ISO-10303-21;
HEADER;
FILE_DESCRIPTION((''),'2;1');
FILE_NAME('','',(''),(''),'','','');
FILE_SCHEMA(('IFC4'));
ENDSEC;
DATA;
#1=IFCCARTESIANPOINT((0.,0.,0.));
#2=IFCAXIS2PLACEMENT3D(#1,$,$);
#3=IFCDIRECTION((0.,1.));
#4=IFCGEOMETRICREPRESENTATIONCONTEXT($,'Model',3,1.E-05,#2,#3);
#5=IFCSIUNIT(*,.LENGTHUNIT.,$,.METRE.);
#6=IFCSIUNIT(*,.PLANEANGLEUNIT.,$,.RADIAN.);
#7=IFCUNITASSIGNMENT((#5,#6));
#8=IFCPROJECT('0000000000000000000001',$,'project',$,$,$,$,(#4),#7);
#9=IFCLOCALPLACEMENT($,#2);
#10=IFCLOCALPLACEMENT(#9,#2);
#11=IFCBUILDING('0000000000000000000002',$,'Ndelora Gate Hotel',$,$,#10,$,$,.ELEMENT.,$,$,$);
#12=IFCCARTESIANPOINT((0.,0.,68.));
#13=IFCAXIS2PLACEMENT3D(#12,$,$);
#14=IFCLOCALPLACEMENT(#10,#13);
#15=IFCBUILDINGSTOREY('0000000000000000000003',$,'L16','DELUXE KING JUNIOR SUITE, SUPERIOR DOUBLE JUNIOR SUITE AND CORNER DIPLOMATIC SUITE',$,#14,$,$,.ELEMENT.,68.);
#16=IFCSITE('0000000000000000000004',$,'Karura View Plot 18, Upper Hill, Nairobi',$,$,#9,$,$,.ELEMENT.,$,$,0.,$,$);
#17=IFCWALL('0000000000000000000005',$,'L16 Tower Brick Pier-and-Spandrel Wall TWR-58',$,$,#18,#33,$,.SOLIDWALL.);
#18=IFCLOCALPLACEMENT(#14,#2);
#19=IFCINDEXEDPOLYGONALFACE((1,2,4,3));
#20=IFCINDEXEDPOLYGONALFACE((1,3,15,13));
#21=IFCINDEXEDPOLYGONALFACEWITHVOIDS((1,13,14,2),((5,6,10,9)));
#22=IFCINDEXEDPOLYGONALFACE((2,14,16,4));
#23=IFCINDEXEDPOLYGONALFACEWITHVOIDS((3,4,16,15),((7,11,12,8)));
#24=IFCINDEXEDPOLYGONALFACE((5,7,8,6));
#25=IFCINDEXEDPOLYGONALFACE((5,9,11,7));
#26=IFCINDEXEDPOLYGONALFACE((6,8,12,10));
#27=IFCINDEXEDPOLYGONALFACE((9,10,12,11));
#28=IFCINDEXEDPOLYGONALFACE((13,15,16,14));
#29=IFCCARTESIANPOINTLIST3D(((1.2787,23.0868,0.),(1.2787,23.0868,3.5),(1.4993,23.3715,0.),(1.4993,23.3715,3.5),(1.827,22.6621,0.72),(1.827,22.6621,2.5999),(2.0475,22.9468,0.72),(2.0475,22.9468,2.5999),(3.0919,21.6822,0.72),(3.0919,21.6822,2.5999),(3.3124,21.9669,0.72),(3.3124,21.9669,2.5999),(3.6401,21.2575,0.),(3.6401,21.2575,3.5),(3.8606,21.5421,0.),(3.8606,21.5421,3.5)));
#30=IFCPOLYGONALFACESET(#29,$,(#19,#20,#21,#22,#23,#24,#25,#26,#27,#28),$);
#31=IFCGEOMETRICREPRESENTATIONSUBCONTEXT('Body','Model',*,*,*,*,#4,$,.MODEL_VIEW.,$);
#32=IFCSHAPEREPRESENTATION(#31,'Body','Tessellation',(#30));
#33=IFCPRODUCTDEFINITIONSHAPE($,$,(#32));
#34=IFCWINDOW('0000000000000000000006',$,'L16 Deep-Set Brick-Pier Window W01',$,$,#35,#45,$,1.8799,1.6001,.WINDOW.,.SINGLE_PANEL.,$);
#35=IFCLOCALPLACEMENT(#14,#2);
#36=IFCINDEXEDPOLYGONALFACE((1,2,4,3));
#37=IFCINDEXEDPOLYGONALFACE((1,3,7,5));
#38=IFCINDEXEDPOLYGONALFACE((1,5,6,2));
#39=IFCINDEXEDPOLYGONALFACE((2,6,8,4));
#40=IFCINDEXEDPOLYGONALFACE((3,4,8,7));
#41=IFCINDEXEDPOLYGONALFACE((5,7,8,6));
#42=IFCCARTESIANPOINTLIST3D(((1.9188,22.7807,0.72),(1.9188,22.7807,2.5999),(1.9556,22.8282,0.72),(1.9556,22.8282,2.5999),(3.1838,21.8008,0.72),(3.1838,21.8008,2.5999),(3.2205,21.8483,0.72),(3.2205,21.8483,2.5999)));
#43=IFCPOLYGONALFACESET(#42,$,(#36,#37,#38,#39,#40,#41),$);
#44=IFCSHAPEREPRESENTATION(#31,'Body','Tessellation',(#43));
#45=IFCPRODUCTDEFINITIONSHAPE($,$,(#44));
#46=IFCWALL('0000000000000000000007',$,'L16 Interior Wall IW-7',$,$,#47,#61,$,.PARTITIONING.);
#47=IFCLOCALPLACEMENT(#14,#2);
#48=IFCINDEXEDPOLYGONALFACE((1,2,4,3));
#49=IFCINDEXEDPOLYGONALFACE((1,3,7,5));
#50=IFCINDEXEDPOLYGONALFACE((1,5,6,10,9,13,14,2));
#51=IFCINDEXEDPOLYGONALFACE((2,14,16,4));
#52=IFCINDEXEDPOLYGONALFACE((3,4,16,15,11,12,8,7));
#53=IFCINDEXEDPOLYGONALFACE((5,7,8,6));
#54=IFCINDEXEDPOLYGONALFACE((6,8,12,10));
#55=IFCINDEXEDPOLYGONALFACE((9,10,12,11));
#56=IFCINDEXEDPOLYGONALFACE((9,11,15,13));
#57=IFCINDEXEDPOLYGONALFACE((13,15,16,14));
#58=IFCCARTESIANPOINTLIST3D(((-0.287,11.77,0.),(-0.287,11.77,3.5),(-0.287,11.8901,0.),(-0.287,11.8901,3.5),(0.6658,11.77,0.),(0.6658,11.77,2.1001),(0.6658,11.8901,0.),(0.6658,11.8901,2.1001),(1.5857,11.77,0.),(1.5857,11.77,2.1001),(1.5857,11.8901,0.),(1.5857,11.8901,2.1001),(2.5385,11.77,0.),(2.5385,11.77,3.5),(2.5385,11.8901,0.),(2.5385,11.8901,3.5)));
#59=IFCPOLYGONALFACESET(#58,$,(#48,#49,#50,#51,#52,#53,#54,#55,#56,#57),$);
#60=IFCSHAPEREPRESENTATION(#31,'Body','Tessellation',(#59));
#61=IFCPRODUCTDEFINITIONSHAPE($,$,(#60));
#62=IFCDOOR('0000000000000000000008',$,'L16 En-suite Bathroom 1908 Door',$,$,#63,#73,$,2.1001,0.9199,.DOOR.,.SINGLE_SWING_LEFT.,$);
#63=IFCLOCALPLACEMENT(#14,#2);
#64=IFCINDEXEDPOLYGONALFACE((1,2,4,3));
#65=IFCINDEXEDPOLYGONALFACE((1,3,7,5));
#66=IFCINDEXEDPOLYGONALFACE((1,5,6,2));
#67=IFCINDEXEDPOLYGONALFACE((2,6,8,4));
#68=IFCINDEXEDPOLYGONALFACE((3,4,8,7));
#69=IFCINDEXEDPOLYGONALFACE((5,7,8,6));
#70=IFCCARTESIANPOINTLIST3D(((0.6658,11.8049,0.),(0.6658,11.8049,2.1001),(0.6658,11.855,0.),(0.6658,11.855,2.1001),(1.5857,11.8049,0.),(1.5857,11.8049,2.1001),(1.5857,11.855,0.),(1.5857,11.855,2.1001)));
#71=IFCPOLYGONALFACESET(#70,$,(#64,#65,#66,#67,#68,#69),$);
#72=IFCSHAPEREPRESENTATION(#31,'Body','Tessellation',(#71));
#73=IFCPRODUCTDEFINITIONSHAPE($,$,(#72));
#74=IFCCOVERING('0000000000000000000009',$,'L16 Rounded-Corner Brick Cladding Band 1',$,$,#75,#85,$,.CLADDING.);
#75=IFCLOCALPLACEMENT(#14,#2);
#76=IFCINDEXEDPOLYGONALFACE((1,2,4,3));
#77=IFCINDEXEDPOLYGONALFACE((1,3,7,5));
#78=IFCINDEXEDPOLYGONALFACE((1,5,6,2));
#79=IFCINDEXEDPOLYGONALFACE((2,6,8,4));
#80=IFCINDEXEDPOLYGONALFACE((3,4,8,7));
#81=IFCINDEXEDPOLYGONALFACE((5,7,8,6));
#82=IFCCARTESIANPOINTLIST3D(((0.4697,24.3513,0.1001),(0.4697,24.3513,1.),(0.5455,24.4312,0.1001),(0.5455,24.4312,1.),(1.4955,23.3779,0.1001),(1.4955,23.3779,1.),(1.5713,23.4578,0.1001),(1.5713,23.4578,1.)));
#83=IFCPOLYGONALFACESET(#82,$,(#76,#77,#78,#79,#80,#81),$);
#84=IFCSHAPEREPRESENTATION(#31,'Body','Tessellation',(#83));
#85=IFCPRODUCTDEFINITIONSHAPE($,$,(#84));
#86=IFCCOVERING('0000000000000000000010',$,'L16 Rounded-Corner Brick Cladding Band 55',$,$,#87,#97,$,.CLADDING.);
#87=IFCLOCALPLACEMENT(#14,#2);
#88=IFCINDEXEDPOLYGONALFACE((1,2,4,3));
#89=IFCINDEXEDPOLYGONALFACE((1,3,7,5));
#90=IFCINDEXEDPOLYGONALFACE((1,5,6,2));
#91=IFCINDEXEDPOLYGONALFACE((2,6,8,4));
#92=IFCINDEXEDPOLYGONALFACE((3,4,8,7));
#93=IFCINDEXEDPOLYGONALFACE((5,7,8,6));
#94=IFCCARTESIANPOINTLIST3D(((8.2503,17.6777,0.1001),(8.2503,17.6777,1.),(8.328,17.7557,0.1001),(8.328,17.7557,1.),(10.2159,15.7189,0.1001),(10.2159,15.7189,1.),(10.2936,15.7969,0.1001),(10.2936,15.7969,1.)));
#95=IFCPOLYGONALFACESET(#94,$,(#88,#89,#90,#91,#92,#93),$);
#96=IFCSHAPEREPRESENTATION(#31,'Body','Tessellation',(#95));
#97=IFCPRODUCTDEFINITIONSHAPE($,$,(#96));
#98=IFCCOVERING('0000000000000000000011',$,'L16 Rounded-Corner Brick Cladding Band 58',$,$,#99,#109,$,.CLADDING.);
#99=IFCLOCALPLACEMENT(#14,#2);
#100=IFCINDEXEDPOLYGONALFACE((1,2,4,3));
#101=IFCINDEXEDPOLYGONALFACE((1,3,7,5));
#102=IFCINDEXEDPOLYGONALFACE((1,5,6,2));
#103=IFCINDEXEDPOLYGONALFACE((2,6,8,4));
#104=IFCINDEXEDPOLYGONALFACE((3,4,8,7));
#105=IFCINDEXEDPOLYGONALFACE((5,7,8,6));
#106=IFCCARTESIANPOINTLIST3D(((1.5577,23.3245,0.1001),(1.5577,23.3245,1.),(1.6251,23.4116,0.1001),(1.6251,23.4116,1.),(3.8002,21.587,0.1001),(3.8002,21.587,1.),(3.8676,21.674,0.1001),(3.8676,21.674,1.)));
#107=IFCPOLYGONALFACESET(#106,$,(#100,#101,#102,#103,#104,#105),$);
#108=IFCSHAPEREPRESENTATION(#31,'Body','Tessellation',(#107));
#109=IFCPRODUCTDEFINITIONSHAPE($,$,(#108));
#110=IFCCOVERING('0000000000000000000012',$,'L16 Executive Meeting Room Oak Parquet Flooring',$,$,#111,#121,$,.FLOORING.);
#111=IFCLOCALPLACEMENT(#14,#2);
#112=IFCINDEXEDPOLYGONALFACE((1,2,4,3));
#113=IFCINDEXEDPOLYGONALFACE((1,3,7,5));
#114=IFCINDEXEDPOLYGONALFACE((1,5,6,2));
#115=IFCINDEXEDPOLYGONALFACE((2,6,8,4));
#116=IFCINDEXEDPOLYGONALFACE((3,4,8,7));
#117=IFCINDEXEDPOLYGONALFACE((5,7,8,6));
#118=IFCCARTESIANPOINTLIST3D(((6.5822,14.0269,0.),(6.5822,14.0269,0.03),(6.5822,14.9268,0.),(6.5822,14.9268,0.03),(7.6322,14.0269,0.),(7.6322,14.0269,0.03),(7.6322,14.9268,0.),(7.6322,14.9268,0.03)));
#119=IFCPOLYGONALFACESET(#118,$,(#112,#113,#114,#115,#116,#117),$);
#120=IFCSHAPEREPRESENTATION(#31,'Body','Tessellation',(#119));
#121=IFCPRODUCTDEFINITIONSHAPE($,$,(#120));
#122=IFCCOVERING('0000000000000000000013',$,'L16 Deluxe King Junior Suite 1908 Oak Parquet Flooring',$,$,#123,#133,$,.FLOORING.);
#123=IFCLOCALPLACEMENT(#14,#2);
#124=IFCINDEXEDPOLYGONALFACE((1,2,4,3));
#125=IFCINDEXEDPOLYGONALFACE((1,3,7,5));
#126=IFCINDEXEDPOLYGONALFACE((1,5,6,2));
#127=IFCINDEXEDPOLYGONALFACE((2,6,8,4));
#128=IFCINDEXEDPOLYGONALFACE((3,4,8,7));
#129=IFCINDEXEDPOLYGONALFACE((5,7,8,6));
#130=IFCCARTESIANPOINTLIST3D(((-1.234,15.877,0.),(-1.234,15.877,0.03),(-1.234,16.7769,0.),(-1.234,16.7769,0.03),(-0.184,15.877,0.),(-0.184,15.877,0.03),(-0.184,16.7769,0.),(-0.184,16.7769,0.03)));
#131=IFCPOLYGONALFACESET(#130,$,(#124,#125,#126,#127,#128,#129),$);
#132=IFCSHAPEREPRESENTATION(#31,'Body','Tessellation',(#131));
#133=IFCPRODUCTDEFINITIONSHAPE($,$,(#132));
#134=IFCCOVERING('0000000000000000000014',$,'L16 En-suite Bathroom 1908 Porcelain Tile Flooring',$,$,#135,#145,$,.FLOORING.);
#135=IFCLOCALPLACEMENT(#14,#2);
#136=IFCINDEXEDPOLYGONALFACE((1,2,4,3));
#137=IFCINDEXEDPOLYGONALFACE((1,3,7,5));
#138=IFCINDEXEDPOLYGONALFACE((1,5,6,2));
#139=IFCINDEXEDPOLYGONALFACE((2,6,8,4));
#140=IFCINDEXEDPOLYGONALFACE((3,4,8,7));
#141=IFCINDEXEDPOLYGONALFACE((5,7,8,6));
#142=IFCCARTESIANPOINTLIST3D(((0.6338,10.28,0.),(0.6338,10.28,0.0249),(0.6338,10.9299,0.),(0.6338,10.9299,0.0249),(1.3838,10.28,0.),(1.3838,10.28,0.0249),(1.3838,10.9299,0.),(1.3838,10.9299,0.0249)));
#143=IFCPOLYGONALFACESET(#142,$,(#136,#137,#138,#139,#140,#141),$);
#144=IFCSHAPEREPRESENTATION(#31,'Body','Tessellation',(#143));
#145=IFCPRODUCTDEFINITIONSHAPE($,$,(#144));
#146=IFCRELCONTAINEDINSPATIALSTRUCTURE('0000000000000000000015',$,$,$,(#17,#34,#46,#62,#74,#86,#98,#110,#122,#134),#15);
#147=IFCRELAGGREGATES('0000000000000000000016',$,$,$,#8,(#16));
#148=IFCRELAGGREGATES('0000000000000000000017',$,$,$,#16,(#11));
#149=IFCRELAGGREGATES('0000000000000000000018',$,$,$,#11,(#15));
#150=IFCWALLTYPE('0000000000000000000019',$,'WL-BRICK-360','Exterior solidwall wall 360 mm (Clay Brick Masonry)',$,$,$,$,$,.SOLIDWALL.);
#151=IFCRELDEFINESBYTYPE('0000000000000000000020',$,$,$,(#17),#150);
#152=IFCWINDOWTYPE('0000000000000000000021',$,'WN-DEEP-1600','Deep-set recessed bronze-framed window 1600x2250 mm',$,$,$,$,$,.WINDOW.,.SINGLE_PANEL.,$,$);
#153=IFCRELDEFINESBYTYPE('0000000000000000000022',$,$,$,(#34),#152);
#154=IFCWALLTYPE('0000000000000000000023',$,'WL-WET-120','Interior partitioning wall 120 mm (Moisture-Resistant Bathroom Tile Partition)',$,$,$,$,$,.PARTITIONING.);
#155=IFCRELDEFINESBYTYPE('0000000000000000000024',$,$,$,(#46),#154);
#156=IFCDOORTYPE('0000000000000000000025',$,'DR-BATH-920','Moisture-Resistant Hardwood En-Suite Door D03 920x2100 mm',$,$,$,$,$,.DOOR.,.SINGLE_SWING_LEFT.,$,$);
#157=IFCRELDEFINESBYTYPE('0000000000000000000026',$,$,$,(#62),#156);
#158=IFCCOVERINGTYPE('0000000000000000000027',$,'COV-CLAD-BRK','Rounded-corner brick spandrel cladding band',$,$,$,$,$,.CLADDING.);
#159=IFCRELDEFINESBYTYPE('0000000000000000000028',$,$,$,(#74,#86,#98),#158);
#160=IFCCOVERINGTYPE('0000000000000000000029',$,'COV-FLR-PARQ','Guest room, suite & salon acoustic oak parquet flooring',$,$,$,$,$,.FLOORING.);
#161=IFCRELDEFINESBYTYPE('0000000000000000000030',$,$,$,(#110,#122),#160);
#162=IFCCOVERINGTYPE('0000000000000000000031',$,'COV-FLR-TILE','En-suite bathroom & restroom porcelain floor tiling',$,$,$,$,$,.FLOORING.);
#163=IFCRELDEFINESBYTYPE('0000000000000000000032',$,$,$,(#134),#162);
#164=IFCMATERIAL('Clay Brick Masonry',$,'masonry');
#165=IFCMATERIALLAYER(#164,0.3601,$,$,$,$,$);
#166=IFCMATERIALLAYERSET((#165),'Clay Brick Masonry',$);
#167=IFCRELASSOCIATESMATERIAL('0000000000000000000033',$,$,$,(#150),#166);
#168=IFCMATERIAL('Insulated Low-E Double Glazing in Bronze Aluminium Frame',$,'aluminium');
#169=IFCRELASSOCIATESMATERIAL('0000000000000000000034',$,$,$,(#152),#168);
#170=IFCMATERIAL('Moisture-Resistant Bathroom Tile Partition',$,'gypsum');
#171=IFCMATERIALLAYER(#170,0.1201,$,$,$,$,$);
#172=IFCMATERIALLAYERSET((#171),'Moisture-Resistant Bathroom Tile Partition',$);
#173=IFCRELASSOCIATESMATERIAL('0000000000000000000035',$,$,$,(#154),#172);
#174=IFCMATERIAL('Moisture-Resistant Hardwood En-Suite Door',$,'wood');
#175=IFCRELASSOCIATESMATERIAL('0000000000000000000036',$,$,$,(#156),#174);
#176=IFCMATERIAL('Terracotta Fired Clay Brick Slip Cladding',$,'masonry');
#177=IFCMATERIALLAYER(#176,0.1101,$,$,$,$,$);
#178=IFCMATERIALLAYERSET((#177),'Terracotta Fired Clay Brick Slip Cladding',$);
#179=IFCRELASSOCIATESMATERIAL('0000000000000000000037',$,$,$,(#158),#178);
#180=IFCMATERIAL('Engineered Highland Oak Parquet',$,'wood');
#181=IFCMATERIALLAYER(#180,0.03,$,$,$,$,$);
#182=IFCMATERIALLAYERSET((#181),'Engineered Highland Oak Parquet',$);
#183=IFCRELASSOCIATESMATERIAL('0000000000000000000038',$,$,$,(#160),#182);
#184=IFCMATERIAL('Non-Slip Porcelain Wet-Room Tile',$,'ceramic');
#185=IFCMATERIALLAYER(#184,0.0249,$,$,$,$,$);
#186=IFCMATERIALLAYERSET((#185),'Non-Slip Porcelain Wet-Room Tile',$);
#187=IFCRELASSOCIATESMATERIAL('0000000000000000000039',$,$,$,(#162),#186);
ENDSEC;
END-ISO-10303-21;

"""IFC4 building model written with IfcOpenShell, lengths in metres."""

from ifc_helpers import new_model, si_unit, direction, frame, frame_2d, origin, origin_2d, place, context, subcontext, project, spatial, rectangle, extrude, material, layer, layer_set, type_object, element, fill, save


model = new_model("IFC4")

# Units and contexts
model_context = context("Model", 3, precision=1e-05, world=origin(), true_north=direction((0.0, 1.0)))
body_context = subcontext(model_context, "Body", "Model", "MODEL_VIEW")
ifc_project = project(units=[si_unit("LENGTHUNIT", "METRE"), si_unit("PLANEANGLEUNIT", "RADIAN")], contexts=[model_context])

# Site, building, storey
site_placement = place(None, origin())
site = spatial("IfcSite", under=ifc_project, at=site_placement, Name="Karura View Plot 18, Upper Hill, Nairobi", CompositionType="ELEMENT", RefElevation=0.0)
building_placement = place(site_placement, origin())
building = spatial("IfcBuilding", under=site, at=building_placement, Name="Ndelora Gate Hotel", CompositionType="ELEMENT")
storey_placement = place(building_placement, frame((0.0, 0.0, 68.0)))
storey = spatial("IfcBuildingStorey", under=building, at=storey_placement, Name="L16", Description="DELUXE KING JUNIOR SUITE, SUPERIOR DOUBLE JUNIOR SUITE AND CORNER DIPLOMATIC SUITE", CompositionType="ELEMENT", Elevation=68.0)

# Shared definitions
ifc_material_1 = material(Name="Clay Brick Masonry", Category="masonry")
ifc_layer_1 = layer(ifc_material_1, 0.3601)
ifc_layer_set_1 = layer_set([ifc_layer_1], Name="Clay Brick Masonry")
wall_type_1 = type_object("IfcWallType", Name="WL-BRICK-360", Description="Exterior solidwall wall 360 mm (Clay Brick Masonry)", PredefinedType="SOLIDWALL", material=ifc_layer_set_1)

# Shared definitions
ifc_material_2 = material(Name="Insulated Low-E Double Glazing in Bronze Aluminium Frame", Category="aluminium")
window_type_1 = type_object("IfcWindowType", Name="WN-DEEP-1600", Description="Deep-set recessed bronze-framed window 1600x2250 mm", PartitioningType="SINGLE_PANEL", PredefinedType="WINDOW", material=ifc_material_2)

# Wall, opening, window
wall_1_placement = place(storey_placement, frame((1.3889, 23.2292, 0.0), z_axis=(0.0, 0.0, 1.0), x_axis=(0.790526, -0.612429, 0.0)))
wall_1 = element("IfcWall", 1, at=wall_1_placement, inside=storey, type_object=wall_type_1, Name="L16 Tower Brick Pier-and-Spandrel Wall TWR-58", PredefinedType="SOLIDWALL", context=body_context, shape_type="SweptSolid", body=[
    extrude(rectangle(XDim=2.9871, YDim=0.3601, at=frame_2d((1.4937, 0.0))), origin(), (0.0, 0.0, 1.0), 3.5),
])
opening_1_placement = place(wall_1_placement, frame((0.6936, 0.0, 0.72)))
opening_1 = element("IfcOpeningElement", 2, at=opening_1_placement, cuts=wall_1, PredefinedType="OPENING", context=body_context, shape_type="SweptSolid", body=[
    extrude(rectangle(XDim=1.6001, YDim=1.8799, at=frame_2d((0.8, 0.9399))), frame((0.0, 0.1899, 0.0), z_axis=(0.0, -1.0, 0.0), x_axis=(1.0, 0.0, 0.0)), (0.0, 0.0, 1.0), 0.3801),
])
window_1_placement = place(opening_1_placement, origin())
window_1 = element("IfcWindow", 3, at=window_1_placement, inside=storey, type_object=window_type_1, Name="L16 Deep-Set Brick-Pier Window W01", OverallHeight=1.8799, OverallWidth=1.6001, PartitioningType="SINGLE_PANEL", PredefinedType="WINDOW", context=body_context, shape_type="SweptSolid", body=[
    extrude(rectangle(XDim=1.6001, YDim=1.8799, at=frame_2d((0.8, 0.9399))), frame((0.0, 0.03, 0.0), z_axis=(0.0, -1.0, 0.0), x_axis=(1.0, 0.0, 0.0)), (0.0, 0.0, 1.0), 0.0601),
])
fill(opening_1, window_1)

# Wall, opening, door
ifc_material_3 = material(Name="Moisture-Resistant Bathroom Tile Partition", Category="gypsum")
ifc_layer_2 = layer(ifc_material_3, 0.1201)
ifc_layer_set_2 = layer_set([ifc_layer_2], Name="Moisture-Resistant Bathroom Tile Partition")
wall_type_2 = type_object("IfcWallType", Name="WL-WET-120", Description="Interior partitioning wall 120 mm (Moisture-Resistant Bathroom Tile Partition)", PredefinedType="PARTITIONING", material=ifc_layer_set_2)
wall_2_placement = place(storey_placement, frame((-0.2869, 11.8301, 0.0), z_axis=(0.0, 0.0, 1.0), x_axis=(1.0, 0.0, 0.0)))
wall_2 = element("IfcWall", 4, at=wall_2_placement, inside=storey, type_object=wall_type_2, Name="L16 Interior Wall IW-7", PredefinedType="PARTITIONING", context=body_context, shape_type="SweptSolid", body=[
    extrude(rectangle(XDim=2.8254, YDim=0.1201, at=frame_2d((1.4126, 0.0))), origin(), (0.0, 0.0, 1.0), 3.5),
])
opening_2_placement = place(wall_2_placement, frame((0.9526, 0.0, 0.0)))
opening_2 = element("IfcOpeningElement", 5, at=opening_2_placement, cuts=wall_2, PredefinedType="OPENING", context=body_context, shape_type="SweptSolid", body=[
    extrude(rectangle(XDim=0.9199, YDim=2.1001, at=frame_2d((0.46, 1.05))), frame((0.0, 0.0701, 0.0), z_axis=(0.0, -1.0, 0.0), x_axis=(1.0, 0.0, 0.0)), (0.0, 0.0, 1.0), 0.1401),
])
ifc_material_4 = material(Name="Moisture-Resistant Hardwood En-Suite Door", Category="wood")
door_type = type_object("IfcDoorType", Name="DR-BATH-920", Description="Moisture-Resistant Hardwood En-Suite Door D03 920x2100 mm", OperationType="SINGLE_SWING_LEFT", PredefinedType="DOOR", material=ifc_material_4)
door_placement = place(opening_2_placement, origin())
door = element("IfcDoor", 6, at=door_placement, inside=storey, type_object=door_type, Name="L16 En-suite Bathroom 1908 Door", OperationType="SINGLE_SWING_LEFT", OverallHeight=2.1001, OverallWidth=0.9199, PredefinedType="DOOR", context=body_context, shape_type="SweptSolid", body=[
    extrude(rectangle(XDim=0.9199, YDim=2.1001, at=frame_2d((0.46, 1.05))), frame((0.0, 0.0249, 0.0), z_axis=(0.0, -1.0, 0.0), x_axis=(1.0, 0.0, 0.0)), (0.0, 0.0, 1.0), 0.05),
])
fill(opening_2, door)

# Coverings
ifc_material_5 = material(Name="Terracotta Fired Clay Brick Slip Cladding", Category="masonry")
ifc_layer_3 = layer(ifc_material_5, 0.1101)
ifc_layer_set_3 = layer_set([ifc_layer_3], Name="Terracotta Fired Clay Brick Slip Cladding")
covering_type_1 = type_object("IfcCoveringType", Name="COV-CLAD-BRK", Description="Rounded-corner brick spandrel cladding band", PredefinedType="CLADDING", material=ifc_layer_set_3)
covering_1_placement = place(storey_placement, frame((1.0205, 23.9045, 0.1001), z_axis=(0.0, 0.0, 1.0), x_axis=(-0.725374, 0.688355, 0.0)))
element("IfcCovering", 7, at=covering_1_placement, inside=storey, type_object=covering_type_1, Name="L16 Rounded-Corner Brick Cladding Band 1", PredefinedType="CLADDING", context=body_context, shape_type="SweptSolid", body=[
    extrude(rectangle(XDim=1.4141, YDim=0.1101, at=origin_2d()), origin(), (0.0, 0.0, 1.0), 0.8999),
])
covering_2_placement = place(storey_placement, frame((9.272, 16.7373, 0.1001), z_axis=(0.0, 0.0, 1.0), x_axis=(-0.70834, 0.705872, 0.0)))
element("IfcCovering", 8, at=covering_2_placement, inside=storey, type_object=covering_type_1, Name="L16 Rounded-Corner Brick Cladding Band 55", PredefinedType="CLADDING", context=body_context, shape_type="SweptSolid", body=[
    extrude(rectangle(XDim=2.7749, YDim=0.1101, at=origin_2d()), origin(), (0.0, 0.0, 1.0), 0.8999),
])
covering_3_placement = place(storey_placement, frame((2.7126, 22.4993, 0.1001), z_axis=(0.0, 0.0, 1.0), x_axis=(-0.790476, 0.612493, 0.0)))
element("IfcCovering", 9, at=covering_3_placement, inside=storey, type_object=covering_type_1, Name="L16 Rounded-Corner Brick Cladding Band 58", PredefinedType="CLADDING", context=body_context, shape_type="SweptSolid", body=[
    extrude(rectangle(XDim=2.8369, YDim=0.1101, at=origin_2d()), origin(), (0.0, 0.0, 1.0), 0.8999),
])
ifc_material_6 = material(Name="Engineered Highland Oak Parquet", Category="wood")
ifc_layer_4 = layer(ifc_material_6, 0.03)
ifc_layer_set_4 = layer_set([ifc_layer_4], Name="Engineered Highland Oak Parquet")
covering_type_2 = type_object("IfcCoveringType", Name="COV-FLR-PARQ", Description="Guest room, suite & salon acoustic oak parquet flooring", PredefinedType="FLOORING", material=ifc_layer_set_4)
for number, where, z_axis, x_axis, name in (
    (10, (7.1072, 14.4768, 0.0), (0.0, 0.0, 1.0), (1.0, 0.0, 0.0), "L16 Executive Meeting Room Oak Parquet Flooring"),
    (11, (-0.709, 16.3269, 0.0), (0.0, 0.0, 1.0), (1.0, 0.0, 0.0), "L16 Deluxe King Junior Suite 1908 Oak Parquet Flooring"),
):
    element("IfcCovering", number, at=place(storey_placement, frame(where, z_axis=z_axis, x_axis=x_axis)), inside=storey, type_object=covering_type_2, Name=name, PredefinedType="FLOORING", context=body_context, shape_type="SweptSolid", body=[
        extrude(rectangle(XDim=1.05, YDim=0.8999, at=origin_2d()), origin(), (0.0, 0.0, 1.0), 0.03),
    ])
ifc_material_7 = material(Name="Non-Slip Porcelain Wet-Room Tile", Category="ceramic")
ifc_layer_5 = layer(ifc_material_7, 0.0249)
ifc_layer_set_5 = layer_set([ifc_layer_5], Name="Non-Slip Porcelain Wet-Room Tile")
covering_type_3 = type_object("IfcCoveringType", Name="COV-FLR-TILE", Description="En-suite bathroom & restroom porcelain floor tiling", PredefinedType="FLOORING", material=ifc_layer_set_5)
covering_4_placement = place(storey_placement, frame((1.0088, 10.605, 0.0), z_axis=(0.0, 0.0, 1.0), x_axis=(1.0, 0.0, 0.0)))
element("IfcCovering", 12, at=covering_4_placement, inside=storey, type_object=covering_type_3, Name="L16 En-suite Bathroom 1908 Porcelain Tile Flooring", PredefinedType="FLOORING", context=body_context, shape_type="SweptSolid", body=[
    extrude(rectangle(XDim=0.75, YDim=0.6499, at=origin_2d()), origin(), (0.0, 0.0, 1.0), 0.0249),
])

save(model, "model.ifc")
